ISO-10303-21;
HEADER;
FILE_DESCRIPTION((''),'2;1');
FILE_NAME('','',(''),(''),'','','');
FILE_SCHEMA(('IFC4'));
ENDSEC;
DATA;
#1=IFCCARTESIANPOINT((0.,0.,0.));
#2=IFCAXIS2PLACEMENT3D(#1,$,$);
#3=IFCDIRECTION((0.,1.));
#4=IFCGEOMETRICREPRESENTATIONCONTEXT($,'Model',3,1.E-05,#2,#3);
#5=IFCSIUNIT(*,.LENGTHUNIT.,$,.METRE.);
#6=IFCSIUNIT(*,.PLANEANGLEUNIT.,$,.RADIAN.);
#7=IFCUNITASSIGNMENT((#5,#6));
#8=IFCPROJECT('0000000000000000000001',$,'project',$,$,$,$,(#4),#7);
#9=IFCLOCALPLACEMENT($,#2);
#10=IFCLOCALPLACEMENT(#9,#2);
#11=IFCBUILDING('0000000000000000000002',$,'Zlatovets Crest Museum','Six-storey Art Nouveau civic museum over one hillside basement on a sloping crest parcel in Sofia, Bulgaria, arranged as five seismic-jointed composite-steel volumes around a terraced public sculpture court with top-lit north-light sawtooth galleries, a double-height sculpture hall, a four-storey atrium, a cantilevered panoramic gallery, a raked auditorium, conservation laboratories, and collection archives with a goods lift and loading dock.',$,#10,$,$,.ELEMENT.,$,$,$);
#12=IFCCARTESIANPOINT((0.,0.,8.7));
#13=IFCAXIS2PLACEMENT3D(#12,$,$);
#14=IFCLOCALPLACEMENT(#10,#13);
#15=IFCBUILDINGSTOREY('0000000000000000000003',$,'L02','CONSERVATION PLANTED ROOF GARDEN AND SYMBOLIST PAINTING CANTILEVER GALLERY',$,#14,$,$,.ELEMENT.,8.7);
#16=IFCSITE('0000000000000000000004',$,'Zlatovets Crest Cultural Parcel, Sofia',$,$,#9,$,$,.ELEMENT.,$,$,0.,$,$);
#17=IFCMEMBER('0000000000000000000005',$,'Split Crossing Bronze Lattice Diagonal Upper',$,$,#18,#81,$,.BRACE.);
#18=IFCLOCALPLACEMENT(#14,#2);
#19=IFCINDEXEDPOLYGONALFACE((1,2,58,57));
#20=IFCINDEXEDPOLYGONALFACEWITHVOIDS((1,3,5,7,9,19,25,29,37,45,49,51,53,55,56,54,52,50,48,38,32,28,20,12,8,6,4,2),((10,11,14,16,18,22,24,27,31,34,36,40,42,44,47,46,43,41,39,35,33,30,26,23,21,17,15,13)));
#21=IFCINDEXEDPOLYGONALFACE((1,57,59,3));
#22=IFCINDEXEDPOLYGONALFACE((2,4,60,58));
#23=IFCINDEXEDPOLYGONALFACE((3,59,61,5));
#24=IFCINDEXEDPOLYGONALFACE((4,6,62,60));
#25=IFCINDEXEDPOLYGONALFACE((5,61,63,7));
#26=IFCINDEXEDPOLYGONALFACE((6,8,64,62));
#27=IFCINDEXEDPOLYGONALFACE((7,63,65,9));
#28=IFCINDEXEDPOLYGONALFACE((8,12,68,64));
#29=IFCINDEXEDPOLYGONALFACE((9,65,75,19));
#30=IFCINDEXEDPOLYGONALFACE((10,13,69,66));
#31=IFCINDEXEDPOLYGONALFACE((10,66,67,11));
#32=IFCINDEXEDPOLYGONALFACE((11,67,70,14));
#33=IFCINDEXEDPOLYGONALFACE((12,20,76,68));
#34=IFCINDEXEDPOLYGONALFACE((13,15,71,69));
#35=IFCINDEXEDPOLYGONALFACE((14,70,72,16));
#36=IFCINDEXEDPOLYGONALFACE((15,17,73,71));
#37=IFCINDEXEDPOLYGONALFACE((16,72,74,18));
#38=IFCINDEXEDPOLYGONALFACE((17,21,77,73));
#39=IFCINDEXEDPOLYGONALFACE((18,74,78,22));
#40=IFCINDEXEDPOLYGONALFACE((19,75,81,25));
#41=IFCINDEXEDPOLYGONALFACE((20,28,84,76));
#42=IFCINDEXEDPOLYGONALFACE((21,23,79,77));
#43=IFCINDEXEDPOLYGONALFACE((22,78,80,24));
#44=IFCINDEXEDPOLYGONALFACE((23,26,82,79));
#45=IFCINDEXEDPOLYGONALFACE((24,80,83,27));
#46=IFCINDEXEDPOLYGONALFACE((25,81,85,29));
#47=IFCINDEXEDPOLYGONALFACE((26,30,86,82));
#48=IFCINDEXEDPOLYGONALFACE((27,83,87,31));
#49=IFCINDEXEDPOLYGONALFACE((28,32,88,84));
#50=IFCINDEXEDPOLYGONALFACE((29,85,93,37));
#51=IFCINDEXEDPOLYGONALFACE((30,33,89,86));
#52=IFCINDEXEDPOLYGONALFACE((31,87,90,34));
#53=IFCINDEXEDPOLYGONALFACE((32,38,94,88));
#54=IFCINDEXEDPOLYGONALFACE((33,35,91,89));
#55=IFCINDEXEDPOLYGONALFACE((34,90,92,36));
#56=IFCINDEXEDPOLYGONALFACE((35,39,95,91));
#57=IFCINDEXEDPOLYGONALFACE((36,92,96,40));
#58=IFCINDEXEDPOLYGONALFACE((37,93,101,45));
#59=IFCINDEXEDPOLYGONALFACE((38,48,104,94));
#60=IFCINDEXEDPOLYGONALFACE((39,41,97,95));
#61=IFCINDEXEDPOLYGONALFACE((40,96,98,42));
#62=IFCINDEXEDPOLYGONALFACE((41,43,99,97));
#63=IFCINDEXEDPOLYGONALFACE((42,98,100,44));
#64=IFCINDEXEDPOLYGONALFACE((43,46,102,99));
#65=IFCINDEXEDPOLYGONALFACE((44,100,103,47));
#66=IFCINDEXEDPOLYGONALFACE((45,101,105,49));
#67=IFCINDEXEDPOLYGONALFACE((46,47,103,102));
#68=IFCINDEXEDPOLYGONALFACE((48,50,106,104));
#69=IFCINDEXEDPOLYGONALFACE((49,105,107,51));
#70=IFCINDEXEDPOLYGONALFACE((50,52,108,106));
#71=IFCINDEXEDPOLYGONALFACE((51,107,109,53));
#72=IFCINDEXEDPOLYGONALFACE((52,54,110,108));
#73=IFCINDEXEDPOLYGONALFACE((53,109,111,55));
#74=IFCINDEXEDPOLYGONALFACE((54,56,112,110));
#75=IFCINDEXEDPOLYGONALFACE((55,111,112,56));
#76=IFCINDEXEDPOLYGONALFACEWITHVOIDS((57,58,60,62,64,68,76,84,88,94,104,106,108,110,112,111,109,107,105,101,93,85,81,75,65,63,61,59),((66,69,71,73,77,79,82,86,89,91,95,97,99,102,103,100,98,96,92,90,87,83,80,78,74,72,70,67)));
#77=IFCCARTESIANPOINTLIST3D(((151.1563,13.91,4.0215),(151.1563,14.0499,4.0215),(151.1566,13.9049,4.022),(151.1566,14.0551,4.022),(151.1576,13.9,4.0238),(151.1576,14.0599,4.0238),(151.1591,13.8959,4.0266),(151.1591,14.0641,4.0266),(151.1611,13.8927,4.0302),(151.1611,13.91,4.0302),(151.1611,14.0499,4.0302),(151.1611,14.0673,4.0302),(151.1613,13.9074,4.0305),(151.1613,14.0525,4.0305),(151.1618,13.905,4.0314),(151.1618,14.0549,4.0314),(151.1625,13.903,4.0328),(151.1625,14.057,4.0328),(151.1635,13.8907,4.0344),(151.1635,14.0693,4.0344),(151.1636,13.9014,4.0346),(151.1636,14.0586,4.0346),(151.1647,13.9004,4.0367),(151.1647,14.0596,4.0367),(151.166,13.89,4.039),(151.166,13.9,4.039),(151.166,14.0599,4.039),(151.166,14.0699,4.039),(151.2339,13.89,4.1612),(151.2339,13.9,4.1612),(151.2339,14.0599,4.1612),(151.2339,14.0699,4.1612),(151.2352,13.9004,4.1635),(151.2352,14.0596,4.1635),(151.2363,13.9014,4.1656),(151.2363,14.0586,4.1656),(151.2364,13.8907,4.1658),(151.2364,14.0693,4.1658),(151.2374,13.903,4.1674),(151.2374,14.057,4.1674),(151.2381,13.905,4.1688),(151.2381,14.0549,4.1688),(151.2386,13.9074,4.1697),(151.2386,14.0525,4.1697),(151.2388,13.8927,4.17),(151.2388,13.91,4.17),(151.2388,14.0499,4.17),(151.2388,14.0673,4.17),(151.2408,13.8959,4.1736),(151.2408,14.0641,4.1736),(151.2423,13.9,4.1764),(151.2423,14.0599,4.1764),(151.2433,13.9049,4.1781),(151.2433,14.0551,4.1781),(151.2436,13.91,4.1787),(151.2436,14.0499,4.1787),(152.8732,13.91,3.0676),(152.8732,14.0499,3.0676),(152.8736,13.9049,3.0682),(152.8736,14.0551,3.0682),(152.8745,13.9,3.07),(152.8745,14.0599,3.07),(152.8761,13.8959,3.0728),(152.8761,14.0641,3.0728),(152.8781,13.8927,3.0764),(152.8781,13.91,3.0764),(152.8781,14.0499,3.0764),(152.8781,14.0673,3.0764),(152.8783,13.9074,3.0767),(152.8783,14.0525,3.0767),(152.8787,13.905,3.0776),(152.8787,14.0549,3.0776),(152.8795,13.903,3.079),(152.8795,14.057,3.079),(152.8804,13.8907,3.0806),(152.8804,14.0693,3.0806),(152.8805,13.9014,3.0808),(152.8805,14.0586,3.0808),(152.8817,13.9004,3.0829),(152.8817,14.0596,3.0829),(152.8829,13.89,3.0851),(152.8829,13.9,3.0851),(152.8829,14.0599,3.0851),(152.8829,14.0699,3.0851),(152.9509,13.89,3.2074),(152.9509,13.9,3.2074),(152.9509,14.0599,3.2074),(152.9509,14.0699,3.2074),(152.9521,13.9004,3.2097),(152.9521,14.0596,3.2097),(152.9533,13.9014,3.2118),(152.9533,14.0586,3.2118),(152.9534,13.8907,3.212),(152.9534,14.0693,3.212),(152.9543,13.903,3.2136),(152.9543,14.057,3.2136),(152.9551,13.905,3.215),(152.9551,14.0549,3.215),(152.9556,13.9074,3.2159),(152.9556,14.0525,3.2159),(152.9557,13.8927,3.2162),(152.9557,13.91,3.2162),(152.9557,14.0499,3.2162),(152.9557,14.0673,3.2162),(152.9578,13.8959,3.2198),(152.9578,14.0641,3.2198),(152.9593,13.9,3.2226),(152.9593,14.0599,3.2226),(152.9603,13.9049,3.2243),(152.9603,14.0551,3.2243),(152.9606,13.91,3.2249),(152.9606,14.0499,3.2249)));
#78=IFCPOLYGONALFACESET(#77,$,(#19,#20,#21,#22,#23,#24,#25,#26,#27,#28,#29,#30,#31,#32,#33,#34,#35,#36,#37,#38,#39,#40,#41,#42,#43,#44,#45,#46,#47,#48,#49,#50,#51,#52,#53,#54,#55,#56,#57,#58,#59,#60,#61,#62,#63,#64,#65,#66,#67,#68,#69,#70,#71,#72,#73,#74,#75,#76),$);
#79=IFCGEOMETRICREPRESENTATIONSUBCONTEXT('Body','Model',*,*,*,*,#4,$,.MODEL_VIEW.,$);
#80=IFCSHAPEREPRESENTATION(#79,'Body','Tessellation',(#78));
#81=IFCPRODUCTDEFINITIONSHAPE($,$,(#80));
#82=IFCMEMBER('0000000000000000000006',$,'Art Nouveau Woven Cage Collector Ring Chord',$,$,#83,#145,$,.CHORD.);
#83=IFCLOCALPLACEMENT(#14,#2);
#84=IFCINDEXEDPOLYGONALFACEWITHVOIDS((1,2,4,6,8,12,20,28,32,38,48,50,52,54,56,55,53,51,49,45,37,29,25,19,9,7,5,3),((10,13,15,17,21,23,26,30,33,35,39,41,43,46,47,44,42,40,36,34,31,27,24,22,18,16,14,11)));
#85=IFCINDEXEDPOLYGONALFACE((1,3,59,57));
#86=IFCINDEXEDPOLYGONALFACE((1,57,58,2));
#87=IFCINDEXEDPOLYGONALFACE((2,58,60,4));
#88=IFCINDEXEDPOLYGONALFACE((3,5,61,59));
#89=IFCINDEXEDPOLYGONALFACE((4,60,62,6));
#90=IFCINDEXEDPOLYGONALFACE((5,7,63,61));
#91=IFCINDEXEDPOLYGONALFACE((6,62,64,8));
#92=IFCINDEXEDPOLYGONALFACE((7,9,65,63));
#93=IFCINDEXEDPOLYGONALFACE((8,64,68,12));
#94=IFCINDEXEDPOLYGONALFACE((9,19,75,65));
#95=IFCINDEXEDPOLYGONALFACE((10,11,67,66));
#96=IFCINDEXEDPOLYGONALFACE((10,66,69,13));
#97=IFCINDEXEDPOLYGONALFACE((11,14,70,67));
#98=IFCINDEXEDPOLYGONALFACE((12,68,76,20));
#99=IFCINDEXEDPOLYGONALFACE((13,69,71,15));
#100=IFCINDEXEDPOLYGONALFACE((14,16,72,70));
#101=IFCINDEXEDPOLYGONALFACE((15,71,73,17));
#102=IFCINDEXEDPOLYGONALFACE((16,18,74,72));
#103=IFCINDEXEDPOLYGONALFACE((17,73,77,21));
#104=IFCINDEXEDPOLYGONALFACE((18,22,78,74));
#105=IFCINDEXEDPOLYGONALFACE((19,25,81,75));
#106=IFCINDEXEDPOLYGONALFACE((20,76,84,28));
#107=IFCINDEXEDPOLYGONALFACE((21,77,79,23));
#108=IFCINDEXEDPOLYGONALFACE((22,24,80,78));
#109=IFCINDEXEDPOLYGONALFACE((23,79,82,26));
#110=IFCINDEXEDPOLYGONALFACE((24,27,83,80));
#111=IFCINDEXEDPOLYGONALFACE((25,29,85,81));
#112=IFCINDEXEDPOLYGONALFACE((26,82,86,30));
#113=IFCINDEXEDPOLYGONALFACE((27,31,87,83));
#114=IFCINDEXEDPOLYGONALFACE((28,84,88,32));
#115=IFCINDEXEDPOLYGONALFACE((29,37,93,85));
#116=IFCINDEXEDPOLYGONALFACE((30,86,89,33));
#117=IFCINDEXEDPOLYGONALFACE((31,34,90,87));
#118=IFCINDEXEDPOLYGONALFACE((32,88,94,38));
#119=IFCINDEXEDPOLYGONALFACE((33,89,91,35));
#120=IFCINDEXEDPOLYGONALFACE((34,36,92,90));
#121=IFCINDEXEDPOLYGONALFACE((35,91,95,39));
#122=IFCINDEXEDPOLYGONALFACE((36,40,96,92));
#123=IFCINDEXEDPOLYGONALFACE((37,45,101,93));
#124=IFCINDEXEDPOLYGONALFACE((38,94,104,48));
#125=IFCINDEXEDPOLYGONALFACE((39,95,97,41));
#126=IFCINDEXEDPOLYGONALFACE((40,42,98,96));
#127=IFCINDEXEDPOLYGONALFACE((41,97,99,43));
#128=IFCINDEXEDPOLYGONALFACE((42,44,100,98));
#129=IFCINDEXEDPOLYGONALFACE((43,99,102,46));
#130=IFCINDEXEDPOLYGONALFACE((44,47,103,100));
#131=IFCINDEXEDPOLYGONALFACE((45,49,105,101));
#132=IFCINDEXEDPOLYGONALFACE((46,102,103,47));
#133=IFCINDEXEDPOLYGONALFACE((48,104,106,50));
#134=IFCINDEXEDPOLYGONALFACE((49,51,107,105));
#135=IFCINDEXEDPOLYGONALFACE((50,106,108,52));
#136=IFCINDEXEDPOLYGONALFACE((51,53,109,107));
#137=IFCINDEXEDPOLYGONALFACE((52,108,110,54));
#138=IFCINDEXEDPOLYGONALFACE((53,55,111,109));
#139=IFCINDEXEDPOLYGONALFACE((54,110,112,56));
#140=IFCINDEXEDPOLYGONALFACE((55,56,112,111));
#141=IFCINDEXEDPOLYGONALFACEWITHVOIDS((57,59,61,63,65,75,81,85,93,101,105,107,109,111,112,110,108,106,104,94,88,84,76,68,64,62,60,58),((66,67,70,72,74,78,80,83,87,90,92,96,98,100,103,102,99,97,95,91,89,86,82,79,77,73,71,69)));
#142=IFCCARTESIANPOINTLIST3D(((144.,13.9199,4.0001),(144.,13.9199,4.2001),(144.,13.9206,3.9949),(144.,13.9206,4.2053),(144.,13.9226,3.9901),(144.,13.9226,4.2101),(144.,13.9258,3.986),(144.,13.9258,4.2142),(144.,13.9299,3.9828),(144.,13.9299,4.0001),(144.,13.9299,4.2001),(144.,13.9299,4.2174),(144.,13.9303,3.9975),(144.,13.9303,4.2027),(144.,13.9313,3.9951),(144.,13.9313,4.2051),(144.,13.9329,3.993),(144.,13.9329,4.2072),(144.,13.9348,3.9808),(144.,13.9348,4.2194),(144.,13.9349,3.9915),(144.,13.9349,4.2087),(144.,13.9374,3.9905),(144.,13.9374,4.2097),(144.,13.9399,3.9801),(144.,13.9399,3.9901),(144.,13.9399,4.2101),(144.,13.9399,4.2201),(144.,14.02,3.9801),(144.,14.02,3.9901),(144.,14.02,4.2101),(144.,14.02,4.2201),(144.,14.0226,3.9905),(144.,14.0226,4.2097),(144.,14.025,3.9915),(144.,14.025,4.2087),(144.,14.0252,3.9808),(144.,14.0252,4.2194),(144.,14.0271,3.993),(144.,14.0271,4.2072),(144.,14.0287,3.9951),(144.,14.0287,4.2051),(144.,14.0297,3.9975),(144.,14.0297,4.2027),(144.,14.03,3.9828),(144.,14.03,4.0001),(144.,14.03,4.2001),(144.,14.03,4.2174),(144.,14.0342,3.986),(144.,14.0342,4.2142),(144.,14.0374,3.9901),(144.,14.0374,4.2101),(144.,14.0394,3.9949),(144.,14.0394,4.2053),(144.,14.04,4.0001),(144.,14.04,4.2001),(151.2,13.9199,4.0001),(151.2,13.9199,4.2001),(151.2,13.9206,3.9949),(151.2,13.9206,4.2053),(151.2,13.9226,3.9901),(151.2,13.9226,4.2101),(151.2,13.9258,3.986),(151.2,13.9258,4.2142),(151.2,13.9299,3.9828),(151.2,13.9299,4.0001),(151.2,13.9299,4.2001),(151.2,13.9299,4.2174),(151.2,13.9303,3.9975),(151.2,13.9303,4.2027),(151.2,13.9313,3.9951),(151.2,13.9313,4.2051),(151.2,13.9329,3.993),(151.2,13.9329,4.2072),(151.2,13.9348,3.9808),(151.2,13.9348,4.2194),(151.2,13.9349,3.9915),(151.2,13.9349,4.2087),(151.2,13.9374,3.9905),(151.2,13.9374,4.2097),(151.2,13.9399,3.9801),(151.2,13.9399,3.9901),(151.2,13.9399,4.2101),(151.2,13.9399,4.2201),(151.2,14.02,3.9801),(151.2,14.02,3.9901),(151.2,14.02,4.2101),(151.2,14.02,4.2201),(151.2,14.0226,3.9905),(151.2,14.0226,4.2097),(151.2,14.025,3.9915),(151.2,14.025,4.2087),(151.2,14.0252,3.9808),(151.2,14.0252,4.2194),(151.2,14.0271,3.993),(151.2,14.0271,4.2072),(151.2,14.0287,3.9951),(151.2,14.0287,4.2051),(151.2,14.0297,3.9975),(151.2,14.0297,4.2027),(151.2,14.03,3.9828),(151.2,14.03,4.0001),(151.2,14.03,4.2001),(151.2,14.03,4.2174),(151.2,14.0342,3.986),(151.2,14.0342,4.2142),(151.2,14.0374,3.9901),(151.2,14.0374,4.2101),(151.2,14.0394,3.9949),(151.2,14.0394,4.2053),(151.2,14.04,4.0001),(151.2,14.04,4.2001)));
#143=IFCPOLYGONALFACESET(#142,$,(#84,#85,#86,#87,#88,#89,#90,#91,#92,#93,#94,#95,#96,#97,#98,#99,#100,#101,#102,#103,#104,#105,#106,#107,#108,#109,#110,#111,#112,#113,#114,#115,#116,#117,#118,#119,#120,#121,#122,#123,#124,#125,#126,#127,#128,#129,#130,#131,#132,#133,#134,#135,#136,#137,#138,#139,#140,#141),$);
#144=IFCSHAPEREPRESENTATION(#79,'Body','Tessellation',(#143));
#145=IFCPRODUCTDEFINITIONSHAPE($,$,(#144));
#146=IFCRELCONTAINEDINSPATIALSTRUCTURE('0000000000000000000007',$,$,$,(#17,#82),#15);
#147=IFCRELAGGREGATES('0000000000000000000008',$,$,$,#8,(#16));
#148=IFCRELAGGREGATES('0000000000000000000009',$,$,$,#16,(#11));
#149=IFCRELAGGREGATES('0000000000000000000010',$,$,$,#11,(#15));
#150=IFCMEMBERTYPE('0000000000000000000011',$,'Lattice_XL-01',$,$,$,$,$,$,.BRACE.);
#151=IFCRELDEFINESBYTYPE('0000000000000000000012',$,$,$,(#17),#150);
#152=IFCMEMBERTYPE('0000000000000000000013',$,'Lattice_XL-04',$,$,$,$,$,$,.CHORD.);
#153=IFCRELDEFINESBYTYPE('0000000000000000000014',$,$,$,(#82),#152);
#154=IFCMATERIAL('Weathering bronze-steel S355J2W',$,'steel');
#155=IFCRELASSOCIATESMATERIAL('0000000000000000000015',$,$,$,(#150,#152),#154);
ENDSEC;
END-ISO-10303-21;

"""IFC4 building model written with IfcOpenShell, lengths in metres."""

from ifc_helpers import new_model, si_unit, direction, frame, origin, origin_2d, place, context, subcontext, project, spatial, hollow_rectangle, extrude, material, material_profile, profile_set, type_object, element, save


model = new_model("IFC4")

# Units and contexts
model_context = context("Model", 3, precision=1e-05, world=origin(), true_north=direction((0.0, 1.0)))
body_context = subcontext(model_context, "Body", "Model", "MODEL_VIEW")
ifc_project = project(units=[si_unit("LENGTHUNIT", "METRE"), si_unit("PLANEANGLEUNIT", "RADIAN")], contexts=[model_context])

# Site, building, storey
site_placement = place(None, origin())
site = spatial("IfcSite", under=ifc_project, at=site_placement, Name="Zlatovets Crest Cultural Parcel, Sofia", CompositionType="ELEMENT", RefElevation=0.0)
building_placement = place(site_placement, origin())
building = spatial("IfcBuilding", under=site, at=building_placement, Name="Zlatovets Crest Museum", Description="Six-storey Art Nouveau civic museum over one hillside basement on a sloping crest parcel in Sofia, Bulgaria, arranged as five seismic-jointed composite-steel volumes around a terraced public sculpture court with top-lit north-light sawtooth galleries, a double-height sculpture hall, a four-storey atrium, a cantilevered panoramic gallery, a raked auditorium, conservation laboratories, and collection archives with a goods lift and loading dock.", CompositionType="ELEMENT")
storey_placement = place(building_placement, frame((0.0, 0.0, 8.7)))
storey = spatial("IfcBuildingStorey", under=building, at=storey_placement, Name="L02", Description="CONSERVATION PLANTED ROOF GARDEN AND SYMBOLIST PAINTING CANTILEVER GALLERY", CompositionType="ELEMENT", Elevation=8.7)

# Members
ifc_material_1 = material(Name="Weathering bronze-steel S355J2W", Category="steel")
ifc_material_profile_1 = material_profile(ifc_material_1, hollow_rectangle(XDim=0.1799, YDim=0.1799, WallThickness=0.01, InnerFilletRadius=0.01, OuterFilletRadius=0.02, at=origin_2d()), Name="SHS 180x180x10.0")
ifc_profile_set_1 = profile_set([ifc_material_profile_1], Name="Weathering bronze-steel S355J2W")
member_type_1 = type_object("IfcMemberType", Name="Lattice_XL-01", PredefinedType="BRACE", material=ifc_profile_set_1)
member_1_placement = place(storey_placement, frame((151.2, 13.98, 4.1001), z_axis=(0.874169, 0.0, -0.485622), x_axis=(0.0, 1.0, 0.0)))
element("IfcMember", 1, at=member_1_placement, inside=storey, type_object=member_type_1, Name="Split Crossing Bronze Lattice Diagonal Upper", PredefinedType="BRACE", context=body_context, shape_type="SweptSolid", body=[
    extrude(hollow_rectangle(XDim=0.1799, YDim=0.1799, WallThickness=0.01, InnerFilletRadius=0.01, OuterFilletRadius=0.02, at=origin_2d()), origin(), (0.0, 0.0, 1.0), 1.9641),
])
ifc_material_profile_2 = material_profile(ifc_material_1, hollow_rectangle(XDim=0.1201, YDim=0.24, WallThickness=0.01, InnerFilletRadius=0.01, OuterFilletRadius=0.02, at=origin_2d()), Name="RHS 120x240x10.0")
ifc_profile_set_2 = profile_set([ifc_material_profile_2], Name="Weathering bronze-steel S355J2W")
member_type_2 = type_object("IfcMemberType", Name="Lattice_XL-04", PredefinedType="CHORD", material=ifc_profile_set_2)
for number, where, z_axis, x_axis, name in (
    (2, (144.0, 13.98, 4.1001), (1.0, 0.0, 0.0), (0.0, 1.0, 0.0), "Art Nouveau Woven Cage Collector Ring Chord"),
):
    element("IfcMember", number, at=place(storey_placement, frame(where, z_axis=z_axis, x_axis=x_axis)), inside=storey, type_object=member_type_2, Name=name, PredefinedType="CHORD", context=body_context, shape_type="SweptSolid", body=[
        extrude(hollow_rectangle(XDim=0.1201, YDim=0.24, WallThickness=0.01, InnerFilletRadius=0.01, OuterFilletRadius=0.02, at=origin_2d()), origin(), (0.0, 0.0, 1.0), 7.2),
    ])

save(model, "model.ifc")
